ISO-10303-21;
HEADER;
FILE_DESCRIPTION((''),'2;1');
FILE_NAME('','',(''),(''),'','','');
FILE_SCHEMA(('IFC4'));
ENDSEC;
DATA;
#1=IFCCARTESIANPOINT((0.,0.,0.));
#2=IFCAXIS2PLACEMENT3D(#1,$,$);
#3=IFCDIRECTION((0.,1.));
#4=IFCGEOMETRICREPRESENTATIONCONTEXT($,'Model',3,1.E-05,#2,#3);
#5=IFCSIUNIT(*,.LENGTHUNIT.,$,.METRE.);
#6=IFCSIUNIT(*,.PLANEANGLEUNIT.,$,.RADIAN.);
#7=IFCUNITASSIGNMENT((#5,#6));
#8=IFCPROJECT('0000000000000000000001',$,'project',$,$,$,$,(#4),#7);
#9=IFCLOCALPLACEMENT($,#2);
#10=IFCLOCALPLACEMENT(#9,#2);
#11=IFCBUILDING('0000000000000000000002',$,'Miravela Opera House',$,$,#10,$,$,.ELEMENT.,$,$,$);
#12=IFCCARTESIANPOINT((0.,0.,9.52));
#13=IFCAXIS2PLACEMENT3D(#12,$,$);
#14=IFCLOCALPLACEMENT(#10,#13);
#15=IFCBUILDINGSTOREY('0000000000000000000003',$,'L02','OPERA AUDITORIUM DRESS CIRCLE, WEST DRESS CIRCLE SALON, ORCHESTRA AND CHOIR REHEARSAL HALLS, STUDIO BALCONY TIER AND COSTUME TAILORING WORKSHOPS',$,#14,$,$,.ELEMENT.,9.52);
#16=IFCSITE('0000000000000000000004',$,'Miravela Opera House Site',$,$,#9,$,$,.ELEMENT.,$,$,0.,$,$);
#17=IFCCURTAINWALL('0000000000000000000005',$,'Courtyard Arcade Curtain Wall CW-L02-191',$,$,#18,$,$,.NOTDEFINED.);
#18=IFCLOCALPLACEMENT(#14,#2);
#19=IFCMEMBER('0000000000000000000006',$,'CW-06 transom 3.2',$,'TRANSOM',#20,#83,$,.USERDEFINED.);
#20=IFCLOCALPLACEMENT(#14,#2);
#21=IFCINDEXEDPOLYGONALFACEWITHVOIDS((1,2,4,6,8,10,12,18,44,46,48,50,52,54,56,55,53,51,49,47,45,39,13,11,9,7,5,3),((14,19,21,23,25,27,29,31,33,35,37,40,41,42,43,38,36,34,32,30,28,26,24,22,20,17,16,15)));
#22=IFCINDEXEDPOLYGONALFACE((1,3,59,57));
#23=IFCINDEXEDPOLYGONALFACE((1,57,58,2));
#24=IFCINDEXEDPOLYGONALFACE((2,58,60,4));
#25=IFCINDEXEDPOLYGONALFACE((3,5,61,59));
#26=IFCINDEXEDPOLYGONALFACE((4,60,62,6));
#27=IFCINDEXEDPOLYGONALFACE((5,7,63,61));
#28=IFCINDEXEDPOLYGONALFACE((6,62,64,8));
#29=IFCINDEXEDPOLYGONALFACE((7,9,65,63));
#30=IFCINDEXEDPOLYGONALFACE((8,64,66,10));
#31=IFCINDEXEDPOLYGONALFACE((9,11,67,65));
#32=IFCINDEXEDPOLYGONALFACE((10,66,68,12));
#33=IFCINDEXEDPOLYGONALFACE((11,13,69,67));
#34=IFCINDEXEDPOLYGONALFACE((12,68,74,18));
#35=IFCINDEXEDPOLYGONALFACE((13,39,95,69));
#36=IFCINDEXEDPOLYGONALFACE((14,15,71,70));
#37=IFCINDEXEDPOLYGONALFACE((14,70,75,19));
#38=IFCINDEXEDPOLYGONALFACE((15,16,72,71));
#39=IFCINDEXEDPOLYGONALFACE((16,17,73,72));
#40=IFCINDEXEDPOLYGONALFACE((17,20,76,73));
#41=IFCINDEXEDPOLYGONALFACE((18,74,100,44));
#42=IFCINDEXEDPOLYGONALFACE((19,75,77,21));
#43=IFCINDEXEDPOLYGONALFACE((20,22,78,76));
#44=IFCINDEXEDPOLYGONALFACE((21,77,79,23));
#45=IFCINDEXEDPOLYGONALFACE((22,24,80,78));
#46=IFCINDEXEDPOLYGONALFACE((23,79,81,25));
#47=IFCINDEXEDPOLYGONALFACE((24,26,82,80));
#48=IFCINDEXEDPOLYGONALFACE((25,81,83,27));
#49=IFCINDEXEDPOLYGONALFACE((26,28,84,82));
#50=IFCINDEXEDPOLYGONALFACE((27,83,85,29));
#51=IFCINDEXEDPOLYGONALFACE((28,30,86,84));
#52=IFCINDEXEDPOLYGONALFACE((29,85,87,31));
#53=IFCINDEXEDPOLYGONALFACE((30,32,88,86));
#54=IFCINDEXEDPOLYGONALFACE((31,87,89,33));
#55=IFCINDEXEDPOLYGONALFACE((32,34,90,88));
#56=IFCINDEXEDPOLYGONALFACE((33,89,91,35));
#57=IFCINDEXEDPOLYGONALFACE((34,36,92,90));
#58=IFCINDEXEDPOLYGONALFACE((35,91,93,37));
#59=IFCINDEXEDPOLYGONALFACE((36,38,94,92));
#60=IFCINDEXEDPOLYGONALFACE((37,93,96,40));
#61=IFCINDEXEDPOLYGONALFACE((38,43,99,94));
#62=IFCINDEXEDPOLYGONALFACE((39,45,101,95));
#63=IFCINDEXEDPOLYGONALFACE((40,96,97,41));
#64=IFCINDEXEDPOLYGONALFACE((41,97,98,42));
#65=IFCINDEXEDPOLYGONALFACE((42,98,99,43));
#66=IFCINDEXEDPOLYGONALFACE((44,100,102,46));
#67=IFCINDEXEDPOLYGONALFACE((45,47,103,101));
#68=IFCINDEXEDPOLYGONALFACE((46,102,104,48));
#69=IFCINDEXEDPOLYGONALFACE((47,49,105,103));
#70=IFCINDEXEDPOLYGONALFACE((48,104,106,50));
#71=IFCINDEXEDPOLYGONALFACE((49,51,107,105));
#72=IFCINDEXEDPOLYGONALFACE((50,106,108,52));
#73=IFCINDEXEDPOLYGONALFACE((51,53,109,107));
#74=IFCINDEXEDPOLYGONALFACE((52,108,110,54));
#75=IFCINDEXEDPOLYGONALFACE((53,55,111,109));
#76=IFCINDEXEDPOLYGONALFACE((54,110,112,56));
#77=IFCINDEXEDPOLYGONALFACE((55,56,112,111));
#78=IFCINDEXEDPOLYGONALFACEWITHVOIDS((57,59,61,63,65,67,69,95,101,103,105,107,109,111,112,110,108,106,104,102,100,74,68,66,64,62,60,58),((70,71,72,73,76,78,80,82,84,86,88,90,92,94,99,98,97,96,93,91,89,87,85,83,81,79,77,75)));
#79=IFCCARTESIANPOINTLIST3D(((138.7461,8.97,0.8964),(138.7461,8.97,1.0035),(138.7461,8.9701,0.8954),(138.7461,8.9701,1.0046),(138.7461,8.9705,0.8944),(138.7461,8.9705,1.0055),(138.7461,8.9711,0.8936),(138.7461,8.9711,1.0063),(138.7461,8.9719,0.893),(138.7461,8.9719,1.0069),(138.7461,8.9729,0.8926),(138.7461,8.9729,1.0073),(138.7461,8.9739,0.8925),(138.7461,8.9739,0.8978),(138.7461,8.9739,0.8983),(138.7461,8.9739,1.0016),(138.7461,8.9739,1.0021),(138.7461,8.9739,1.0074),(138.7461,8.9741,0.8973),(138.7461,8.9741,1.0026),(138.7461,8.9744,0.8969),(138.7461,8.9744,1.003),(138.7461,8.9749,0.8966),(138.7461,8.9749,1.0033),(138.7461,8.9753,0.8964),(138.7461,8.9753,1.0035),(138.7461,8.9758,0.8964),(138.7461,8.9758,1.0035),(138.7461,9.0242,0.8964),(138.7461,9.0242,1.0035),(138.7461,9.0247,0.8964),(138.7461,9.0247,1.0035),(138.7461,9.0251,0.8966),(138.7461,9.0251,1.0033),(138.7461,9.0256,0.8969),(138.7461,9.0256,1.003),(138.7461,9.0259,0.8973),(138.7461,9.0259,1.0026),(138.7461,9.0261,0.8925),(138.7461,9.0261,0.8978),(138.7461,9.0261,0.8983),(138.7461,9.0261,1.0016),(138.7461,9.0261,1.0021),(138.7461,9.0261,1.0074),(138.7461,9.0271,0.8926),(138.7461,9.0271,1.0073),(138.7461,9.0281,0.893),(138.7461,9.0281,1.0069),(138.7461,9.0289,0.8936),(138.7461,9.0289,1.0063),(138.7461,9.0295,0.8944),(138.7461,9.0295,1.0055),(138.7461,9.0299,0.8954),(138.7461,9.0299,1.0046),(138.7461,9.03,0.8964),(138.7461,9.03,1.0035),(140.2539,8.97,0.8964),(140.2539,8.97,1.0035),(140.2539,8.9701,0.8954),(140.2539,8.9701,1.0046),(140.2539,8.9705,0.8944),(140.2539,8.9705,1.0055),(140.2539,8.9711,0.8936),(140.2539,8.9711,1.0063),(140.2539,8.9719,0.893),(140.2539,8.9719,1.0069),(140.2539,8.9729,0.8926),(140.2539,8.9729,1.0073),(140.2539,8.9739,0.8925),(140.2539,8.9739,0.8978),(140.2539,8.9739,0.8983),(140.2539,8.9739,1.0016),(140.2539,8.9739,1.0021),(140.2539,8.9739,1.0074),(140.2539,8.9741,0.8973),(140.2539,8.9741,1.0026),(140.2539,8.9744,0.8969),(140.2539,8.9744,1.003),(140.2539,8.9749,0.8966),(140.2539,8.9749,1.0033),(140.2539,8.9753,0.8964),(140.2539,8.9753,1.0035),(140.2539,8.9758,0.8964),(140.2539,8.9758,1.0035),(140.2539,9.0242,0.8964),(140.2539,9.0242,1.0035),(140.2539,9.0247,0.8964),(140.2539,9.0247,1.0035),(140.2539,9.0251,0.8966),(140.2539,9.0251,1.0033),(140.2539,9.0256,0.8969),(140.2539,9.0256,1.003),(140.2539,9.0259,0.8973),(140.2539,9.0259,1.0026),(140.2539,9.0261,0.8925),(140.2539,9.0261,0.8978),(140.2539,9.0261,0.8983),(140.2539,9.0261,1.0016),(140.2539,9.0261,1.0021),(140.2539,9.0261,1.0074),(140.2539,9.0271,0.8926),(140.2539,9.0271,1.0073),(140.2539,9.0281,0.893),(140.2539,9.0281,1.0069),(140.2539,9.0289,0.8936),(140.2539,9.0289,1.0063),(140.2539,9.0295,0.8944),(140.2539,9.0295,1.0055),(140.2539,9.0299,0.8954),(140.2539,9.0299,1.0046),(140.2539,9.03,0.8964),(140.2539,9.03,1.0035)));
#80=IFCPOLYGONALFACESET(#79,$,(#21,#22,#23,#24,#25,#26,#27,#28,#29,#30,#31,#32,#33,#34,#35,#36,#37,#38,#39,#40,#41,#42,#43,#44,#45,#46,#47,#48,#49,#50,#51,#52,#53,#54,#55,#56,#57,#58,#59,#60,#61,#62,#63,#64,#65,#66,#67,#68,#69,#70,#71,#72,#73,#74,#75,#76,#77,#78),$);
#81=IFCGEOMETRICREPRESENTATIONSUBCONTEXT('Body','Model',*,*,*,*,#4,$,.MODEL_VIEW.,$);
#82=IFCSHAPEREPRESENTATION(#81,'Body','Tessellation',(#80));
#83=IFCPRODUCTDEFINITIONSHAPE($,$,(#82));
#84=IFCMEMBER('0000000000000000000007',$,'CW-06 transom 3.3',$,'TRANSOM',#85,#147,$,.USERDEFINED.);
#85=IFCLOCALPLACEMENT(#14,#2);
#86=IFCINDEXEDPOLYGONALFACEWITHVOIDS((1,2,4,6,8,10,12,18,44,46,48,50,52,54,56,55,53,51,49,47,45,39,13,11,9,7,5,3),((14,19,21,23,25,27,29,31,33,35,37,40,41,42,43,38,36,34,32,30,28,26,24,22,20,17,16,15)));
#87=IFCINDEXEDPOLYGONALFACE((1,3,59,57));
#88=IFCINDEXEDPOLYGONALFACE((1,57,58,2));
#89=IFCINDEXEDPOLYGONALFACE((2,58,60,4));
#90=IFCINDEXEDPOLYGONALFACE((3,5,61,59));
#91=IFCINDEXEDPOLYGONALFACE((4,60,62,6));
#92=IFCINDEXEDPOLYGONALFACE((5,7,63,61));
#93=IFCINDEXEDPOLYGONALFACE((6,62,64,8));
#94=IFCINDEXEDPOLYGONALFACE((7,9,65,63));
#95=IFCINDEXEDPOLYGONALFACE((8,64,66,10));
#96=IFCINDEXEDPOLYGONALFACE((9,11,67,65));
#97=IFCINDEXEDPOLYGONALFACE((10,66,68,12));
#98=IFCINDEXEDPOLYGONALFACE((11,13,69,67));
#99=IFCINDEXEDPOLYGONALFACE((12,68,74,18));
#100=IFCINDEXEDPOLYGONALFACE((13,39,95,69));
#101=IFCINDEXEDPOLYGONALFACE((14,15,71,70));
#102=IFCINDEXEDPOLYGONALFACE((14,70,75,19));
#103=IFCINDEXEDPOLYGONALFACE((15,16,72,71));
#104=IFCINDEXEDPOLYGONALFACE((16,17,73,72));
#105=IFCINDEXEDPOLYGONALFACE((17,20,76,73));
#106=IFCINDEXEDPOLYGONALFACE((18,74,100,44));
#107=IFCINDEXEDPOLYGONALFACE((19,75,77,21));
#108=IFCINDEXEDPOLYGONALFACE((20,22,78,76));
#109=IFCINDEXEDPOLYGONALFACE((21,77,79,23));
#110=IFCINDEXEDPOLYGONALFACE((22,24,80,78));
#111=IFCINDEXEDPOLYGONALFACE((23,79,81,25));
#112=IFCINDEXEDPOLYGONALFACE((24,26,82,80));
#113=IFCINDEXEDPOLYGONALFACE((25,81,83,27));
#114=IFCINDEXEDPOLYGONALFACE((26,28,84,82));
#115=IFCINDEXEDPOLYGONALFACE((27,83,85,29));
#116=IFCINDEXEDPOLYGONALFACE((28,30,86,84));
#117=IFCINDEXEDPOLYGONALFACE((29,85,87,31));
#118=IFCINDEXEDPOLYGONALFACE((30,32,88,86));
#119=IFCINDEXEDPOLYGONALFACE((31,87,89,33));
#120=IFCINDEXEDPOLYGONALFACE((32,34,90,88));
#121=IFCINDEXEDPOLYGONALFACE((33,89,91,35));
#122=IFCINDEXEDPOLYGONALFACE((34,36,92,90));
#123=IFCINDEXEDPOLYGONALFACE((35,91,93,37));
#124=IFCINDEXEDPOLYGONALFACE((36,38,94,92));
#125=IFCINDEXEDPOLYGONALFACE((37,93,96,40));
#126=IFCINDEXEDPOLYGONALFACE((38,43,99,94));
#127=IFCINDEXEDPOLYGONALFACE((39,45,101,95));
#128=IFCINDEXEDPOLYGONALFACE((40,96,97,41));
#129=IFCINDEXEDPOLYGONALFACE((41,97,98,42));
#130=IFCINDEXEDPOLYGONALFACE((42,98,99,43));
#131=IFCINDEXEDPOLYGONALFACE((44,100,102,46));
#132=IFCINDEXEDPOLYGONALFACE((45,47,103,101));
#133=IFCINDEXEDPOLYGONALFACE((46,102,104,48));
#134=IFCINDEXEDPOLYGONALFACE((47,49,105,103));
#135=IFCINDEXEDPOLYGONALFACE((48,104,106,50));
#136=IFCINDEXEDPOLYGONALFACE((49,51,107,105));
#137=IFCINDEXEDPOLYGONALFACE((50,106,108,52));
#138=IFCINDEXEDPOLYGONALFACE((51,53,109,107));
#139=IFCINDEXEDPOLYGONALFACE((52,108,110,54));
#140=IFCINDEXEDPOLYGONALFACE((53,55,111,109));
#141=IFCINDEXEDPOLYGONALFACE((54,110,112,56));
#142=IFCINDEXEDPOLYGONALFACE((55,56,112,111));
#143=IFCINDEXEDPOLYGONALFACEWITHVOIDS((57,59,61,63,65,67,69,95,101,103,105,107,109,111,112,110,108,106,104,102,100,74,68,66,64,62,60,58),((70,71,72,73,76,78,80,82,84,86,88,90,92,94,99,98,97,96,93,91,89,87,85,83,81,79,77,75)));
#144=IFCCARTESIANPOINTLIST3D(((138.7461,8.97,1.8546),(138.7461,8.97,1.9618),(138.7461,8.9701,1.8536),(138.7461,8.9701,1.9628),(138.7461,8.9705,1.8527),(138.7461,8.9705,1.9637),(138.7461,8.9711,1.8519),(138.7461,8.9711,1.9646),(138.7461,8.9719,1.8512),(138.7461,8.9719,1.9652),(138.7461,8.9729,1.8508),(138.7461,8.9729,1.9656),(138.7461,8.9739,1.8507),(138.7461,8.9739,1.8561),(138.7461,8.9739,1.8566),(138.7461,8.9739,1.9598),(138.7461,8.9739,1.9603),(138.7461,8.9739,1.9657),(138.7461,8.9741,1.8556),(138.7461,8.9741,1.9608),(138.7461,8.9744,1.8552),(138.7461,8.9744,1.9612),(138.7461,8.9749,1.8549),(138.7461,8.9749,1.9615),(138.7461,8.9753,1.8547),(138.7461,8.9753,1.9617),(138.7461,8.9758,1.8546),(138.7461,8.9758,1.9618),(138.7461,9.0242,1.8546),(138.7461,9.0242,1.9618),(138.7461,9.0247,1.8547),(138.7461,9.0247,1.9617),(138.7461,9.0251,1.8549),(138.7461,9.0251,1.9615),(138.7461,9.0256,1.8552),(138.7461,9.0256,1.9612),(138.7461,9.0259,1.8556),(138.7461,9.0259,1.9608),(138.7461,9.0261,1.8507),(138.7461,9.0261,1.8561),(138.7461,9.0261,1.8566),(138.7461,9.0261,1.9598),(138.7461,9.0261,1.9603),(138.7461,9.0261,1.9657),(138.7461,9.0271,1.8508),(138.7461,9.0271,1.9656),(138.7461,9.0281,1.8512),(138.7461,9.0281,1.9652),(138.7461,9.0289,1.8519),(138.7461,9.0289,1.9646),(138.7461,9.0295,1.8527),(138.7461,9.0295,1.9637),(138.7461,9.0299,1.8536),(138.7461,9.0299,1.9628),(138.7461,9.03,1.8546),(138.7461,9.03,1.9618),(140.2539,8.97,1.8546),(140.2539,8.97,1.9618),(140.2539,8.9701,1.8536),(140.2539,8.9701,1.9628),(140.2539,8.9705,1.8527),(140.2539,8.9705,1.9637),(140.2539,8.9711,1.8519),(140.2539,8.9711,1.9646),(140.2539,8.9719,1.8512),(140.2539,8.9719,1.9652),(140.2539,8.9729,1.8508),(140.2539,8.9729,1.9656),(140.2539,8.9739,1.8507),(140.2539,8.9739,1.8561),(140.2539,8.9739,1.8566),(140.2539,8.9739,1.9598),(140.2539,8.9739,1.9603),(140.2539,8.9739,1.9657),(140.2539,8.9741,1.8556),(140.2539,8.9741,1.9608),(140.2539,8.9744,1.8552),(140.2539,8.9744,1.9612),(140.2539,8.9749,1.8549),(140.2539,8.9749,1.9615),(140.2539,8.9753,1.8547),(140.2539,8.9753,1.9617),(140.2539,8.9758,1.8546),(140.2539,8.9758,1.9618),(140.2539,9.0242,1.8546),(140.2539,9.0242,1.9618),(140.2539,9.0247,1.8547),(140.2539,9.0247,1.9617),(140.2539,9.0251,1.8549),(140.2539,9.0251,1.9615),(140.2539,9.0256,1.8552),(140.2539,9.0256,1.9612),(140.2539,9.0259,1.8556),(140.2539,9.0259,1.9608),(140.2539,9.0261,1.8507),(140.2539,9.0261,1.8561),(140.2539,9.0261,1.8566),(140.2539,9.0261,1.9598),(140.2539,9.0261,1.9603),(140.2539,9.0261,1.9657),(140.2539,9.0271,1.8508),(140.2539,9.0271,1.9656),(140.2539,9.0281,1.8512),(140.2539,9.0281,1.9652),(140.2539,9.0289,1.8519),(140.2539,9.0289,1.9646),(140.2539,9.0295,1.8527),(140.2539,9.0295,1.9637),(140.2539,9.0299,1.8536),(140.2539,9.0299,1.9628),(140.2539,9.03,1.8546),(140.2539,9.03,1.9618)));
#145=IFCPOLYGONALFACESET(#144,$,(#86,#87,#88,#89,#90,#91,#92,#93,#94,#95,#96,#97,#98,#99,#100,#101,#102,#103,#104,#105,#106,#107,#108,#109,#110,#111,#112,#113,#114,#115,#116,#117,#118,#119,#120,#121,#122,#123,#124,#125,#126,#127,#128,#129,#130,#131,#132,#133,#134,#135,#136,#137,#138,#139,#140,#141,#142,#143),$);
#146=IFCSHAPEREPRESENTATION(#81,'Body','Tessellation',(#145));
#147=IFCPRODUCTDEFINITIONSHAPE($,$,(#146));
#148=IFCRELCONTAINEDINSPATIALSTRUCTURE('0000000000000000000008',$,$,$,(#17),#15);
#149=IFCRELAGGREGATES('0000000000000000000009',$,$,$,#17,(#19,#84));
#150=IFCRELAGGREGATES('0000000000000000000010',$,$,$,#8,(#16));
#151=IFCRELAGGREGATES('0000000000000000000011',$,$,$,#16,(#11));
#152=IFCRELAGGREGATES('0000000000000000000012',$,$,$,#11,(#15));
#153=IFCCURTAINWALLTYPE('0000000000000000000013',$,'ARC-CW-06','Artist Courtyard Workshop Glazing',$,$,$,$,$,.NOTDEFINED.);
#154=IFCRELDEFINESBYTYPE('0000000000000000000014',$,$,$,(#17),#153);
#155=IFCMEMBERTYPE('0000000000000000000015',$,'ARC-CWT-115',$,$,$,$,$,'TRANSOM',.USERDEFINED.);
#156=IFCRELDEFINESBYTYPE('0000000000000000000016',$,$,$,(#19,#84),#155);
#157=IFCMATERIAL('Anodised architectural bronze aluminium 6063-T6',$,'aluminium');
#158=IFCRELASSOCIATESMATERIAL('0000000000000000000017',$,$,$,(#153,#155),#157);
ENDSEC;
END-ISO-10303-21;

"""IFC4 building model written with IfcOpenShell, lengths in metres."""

from ifc_helpers import new_model, si_unit, direction, frame, origin, origin_2d, place, context, subcontext, project, spatial, hollow_rectangle, extrude, material, material_profile, profile_set, type_object, element, aggregate, save


model = new_model("IFC4")

# Units and contexts
model_context = context("Model", 3, precision=1e-05, world=origin(), true_north=direction((0.0, 1.0)))
body_context = subcontext(model_context, "Body", "Model", "MODEL_VIEW")
ifc_project = project(units=[si_unit("LENGTHUNIT", "METRE"), si_unit("PLANEANGLEUNIT", "RADIAN")], contexts=[model_context])

# Site, building, storey
site_placement = place(None, origin())
site = spatial("IfcSite", under=ifc_project, at=site_placement, Name="Miravela Opera House Site", CompositionType="ELEMENT", RefElevation=0.0)
building_placement = place(site_placement, origin())
building = spatial("IfcBuilding", under=site, at=building_placement, Name="Miravela Opera House", CompositionType="ELEMENT")
storey_placement = place(building_placement, frame((0.0, 0.0, 9.52)))
storey = spatial("IfcBuildingStorey", under=building, at=storey_placement, Name="L02", Description="OPERA AUDITORIUM DRESS CIRCLE, WEST DRESS CIRCLE SALON, ORCHESTRA AND CHOIR REHEARSAL HALLS, STUDIO BALCONY TIER AND COSTUME TAILORING WORKSHOPS", CompositionType="ELEMENT", Elevation=9.52)

# Curtain wall, members
ifc_material_1 = material(Name="Anodised architectural bronze aluminium 6063-T6", Category="aluminium")
curtain_wall_type = type_object("IfcCurtainWallType", Name="ARC-CW-06", Description="Artist Courtyard Workshop Glazing", PredefinedType="NOTDEFINED", material=ifc_material_1)
curtain_wall_placement = place(storey_placement, origin())
curtain_wall = element("IfcCurtainWall", 1, at=curtain_wall_placement, inside=storey, type_object=curtain_wall_type, Name="Courtyard Arcade Curtain Wall CW-L02-191", PredefinedType="NOTDEFINED")
ifc_material_profile_1 = material_profile(ifc_material_1, hollow_rectangle(XDim=0.0601, YDim=0.115, WallThickness=0.0039, InnerFilletRadius=0.002, OuterFilletRadius=0.0039, at=origin_2d()), Name="CWT-60X115")
ifc_profile_set_1 = profile_set([ifc_material_profile_1])
member_type_1 = type_object("IfcMemberType", Name="ARC-CWT-115", ElementType="TRANSOM", PredefinedType="USERDEFINED", material=ifc_profile_set_1)
member_1_placement = place(storey_placement, frame((138.7461, 9.0, 0.95), z_axis=(1.0, 0.0, 0.0), x_axis=(0.0, 1.0, 0.0)))
member_1 = element("IfcMember", 2, at=member_1_placement, type_object=member_type_1, Name="CW-06 transom 3.2", ObjectType="TRANSOM", PredefinedType="USERDEFINED", context=body_context, shape_type="SweptSolid", body=[
    extrude(hollow_rectangle(XDim=0.0601, YDim=0.115, WallThickness=0.0039, InnerFilletRadius=0.002, OuterFilletRadius=0.0039, at=origin_2d()), origin(), (0.0, 0.0, 1.0), 1.5078),
])
member_2_placement = place(storey_placement, frame((138.7461, 9.0, 1.9082), z_axis=(1.0, 0.0, 0.0), x_axis=(0.0, 1.0, 0.0)))
member_2 = element("IfcMember", 3, at=member_2_placement, type_object=member_type_1, Name="CW-06 transom 3.3", ObjectType="TRANSOM", PredefinedType="USERDEFINED", context=body_context, shape_type="SweptSolid", body=[
    extrude(hollow_rectangle(XDim=0.0601, YDim=0.115, WallThickness=0.0039, InnerFilletRadius=0.002, OuterFilletRadius=0.0039, at=origin_2d()), origin(), (0.0, 0.0, 1.0), 1.5078),
])
aggregate(curtain_wall, [member_1, member_2])

save(model, "model.ifc")
